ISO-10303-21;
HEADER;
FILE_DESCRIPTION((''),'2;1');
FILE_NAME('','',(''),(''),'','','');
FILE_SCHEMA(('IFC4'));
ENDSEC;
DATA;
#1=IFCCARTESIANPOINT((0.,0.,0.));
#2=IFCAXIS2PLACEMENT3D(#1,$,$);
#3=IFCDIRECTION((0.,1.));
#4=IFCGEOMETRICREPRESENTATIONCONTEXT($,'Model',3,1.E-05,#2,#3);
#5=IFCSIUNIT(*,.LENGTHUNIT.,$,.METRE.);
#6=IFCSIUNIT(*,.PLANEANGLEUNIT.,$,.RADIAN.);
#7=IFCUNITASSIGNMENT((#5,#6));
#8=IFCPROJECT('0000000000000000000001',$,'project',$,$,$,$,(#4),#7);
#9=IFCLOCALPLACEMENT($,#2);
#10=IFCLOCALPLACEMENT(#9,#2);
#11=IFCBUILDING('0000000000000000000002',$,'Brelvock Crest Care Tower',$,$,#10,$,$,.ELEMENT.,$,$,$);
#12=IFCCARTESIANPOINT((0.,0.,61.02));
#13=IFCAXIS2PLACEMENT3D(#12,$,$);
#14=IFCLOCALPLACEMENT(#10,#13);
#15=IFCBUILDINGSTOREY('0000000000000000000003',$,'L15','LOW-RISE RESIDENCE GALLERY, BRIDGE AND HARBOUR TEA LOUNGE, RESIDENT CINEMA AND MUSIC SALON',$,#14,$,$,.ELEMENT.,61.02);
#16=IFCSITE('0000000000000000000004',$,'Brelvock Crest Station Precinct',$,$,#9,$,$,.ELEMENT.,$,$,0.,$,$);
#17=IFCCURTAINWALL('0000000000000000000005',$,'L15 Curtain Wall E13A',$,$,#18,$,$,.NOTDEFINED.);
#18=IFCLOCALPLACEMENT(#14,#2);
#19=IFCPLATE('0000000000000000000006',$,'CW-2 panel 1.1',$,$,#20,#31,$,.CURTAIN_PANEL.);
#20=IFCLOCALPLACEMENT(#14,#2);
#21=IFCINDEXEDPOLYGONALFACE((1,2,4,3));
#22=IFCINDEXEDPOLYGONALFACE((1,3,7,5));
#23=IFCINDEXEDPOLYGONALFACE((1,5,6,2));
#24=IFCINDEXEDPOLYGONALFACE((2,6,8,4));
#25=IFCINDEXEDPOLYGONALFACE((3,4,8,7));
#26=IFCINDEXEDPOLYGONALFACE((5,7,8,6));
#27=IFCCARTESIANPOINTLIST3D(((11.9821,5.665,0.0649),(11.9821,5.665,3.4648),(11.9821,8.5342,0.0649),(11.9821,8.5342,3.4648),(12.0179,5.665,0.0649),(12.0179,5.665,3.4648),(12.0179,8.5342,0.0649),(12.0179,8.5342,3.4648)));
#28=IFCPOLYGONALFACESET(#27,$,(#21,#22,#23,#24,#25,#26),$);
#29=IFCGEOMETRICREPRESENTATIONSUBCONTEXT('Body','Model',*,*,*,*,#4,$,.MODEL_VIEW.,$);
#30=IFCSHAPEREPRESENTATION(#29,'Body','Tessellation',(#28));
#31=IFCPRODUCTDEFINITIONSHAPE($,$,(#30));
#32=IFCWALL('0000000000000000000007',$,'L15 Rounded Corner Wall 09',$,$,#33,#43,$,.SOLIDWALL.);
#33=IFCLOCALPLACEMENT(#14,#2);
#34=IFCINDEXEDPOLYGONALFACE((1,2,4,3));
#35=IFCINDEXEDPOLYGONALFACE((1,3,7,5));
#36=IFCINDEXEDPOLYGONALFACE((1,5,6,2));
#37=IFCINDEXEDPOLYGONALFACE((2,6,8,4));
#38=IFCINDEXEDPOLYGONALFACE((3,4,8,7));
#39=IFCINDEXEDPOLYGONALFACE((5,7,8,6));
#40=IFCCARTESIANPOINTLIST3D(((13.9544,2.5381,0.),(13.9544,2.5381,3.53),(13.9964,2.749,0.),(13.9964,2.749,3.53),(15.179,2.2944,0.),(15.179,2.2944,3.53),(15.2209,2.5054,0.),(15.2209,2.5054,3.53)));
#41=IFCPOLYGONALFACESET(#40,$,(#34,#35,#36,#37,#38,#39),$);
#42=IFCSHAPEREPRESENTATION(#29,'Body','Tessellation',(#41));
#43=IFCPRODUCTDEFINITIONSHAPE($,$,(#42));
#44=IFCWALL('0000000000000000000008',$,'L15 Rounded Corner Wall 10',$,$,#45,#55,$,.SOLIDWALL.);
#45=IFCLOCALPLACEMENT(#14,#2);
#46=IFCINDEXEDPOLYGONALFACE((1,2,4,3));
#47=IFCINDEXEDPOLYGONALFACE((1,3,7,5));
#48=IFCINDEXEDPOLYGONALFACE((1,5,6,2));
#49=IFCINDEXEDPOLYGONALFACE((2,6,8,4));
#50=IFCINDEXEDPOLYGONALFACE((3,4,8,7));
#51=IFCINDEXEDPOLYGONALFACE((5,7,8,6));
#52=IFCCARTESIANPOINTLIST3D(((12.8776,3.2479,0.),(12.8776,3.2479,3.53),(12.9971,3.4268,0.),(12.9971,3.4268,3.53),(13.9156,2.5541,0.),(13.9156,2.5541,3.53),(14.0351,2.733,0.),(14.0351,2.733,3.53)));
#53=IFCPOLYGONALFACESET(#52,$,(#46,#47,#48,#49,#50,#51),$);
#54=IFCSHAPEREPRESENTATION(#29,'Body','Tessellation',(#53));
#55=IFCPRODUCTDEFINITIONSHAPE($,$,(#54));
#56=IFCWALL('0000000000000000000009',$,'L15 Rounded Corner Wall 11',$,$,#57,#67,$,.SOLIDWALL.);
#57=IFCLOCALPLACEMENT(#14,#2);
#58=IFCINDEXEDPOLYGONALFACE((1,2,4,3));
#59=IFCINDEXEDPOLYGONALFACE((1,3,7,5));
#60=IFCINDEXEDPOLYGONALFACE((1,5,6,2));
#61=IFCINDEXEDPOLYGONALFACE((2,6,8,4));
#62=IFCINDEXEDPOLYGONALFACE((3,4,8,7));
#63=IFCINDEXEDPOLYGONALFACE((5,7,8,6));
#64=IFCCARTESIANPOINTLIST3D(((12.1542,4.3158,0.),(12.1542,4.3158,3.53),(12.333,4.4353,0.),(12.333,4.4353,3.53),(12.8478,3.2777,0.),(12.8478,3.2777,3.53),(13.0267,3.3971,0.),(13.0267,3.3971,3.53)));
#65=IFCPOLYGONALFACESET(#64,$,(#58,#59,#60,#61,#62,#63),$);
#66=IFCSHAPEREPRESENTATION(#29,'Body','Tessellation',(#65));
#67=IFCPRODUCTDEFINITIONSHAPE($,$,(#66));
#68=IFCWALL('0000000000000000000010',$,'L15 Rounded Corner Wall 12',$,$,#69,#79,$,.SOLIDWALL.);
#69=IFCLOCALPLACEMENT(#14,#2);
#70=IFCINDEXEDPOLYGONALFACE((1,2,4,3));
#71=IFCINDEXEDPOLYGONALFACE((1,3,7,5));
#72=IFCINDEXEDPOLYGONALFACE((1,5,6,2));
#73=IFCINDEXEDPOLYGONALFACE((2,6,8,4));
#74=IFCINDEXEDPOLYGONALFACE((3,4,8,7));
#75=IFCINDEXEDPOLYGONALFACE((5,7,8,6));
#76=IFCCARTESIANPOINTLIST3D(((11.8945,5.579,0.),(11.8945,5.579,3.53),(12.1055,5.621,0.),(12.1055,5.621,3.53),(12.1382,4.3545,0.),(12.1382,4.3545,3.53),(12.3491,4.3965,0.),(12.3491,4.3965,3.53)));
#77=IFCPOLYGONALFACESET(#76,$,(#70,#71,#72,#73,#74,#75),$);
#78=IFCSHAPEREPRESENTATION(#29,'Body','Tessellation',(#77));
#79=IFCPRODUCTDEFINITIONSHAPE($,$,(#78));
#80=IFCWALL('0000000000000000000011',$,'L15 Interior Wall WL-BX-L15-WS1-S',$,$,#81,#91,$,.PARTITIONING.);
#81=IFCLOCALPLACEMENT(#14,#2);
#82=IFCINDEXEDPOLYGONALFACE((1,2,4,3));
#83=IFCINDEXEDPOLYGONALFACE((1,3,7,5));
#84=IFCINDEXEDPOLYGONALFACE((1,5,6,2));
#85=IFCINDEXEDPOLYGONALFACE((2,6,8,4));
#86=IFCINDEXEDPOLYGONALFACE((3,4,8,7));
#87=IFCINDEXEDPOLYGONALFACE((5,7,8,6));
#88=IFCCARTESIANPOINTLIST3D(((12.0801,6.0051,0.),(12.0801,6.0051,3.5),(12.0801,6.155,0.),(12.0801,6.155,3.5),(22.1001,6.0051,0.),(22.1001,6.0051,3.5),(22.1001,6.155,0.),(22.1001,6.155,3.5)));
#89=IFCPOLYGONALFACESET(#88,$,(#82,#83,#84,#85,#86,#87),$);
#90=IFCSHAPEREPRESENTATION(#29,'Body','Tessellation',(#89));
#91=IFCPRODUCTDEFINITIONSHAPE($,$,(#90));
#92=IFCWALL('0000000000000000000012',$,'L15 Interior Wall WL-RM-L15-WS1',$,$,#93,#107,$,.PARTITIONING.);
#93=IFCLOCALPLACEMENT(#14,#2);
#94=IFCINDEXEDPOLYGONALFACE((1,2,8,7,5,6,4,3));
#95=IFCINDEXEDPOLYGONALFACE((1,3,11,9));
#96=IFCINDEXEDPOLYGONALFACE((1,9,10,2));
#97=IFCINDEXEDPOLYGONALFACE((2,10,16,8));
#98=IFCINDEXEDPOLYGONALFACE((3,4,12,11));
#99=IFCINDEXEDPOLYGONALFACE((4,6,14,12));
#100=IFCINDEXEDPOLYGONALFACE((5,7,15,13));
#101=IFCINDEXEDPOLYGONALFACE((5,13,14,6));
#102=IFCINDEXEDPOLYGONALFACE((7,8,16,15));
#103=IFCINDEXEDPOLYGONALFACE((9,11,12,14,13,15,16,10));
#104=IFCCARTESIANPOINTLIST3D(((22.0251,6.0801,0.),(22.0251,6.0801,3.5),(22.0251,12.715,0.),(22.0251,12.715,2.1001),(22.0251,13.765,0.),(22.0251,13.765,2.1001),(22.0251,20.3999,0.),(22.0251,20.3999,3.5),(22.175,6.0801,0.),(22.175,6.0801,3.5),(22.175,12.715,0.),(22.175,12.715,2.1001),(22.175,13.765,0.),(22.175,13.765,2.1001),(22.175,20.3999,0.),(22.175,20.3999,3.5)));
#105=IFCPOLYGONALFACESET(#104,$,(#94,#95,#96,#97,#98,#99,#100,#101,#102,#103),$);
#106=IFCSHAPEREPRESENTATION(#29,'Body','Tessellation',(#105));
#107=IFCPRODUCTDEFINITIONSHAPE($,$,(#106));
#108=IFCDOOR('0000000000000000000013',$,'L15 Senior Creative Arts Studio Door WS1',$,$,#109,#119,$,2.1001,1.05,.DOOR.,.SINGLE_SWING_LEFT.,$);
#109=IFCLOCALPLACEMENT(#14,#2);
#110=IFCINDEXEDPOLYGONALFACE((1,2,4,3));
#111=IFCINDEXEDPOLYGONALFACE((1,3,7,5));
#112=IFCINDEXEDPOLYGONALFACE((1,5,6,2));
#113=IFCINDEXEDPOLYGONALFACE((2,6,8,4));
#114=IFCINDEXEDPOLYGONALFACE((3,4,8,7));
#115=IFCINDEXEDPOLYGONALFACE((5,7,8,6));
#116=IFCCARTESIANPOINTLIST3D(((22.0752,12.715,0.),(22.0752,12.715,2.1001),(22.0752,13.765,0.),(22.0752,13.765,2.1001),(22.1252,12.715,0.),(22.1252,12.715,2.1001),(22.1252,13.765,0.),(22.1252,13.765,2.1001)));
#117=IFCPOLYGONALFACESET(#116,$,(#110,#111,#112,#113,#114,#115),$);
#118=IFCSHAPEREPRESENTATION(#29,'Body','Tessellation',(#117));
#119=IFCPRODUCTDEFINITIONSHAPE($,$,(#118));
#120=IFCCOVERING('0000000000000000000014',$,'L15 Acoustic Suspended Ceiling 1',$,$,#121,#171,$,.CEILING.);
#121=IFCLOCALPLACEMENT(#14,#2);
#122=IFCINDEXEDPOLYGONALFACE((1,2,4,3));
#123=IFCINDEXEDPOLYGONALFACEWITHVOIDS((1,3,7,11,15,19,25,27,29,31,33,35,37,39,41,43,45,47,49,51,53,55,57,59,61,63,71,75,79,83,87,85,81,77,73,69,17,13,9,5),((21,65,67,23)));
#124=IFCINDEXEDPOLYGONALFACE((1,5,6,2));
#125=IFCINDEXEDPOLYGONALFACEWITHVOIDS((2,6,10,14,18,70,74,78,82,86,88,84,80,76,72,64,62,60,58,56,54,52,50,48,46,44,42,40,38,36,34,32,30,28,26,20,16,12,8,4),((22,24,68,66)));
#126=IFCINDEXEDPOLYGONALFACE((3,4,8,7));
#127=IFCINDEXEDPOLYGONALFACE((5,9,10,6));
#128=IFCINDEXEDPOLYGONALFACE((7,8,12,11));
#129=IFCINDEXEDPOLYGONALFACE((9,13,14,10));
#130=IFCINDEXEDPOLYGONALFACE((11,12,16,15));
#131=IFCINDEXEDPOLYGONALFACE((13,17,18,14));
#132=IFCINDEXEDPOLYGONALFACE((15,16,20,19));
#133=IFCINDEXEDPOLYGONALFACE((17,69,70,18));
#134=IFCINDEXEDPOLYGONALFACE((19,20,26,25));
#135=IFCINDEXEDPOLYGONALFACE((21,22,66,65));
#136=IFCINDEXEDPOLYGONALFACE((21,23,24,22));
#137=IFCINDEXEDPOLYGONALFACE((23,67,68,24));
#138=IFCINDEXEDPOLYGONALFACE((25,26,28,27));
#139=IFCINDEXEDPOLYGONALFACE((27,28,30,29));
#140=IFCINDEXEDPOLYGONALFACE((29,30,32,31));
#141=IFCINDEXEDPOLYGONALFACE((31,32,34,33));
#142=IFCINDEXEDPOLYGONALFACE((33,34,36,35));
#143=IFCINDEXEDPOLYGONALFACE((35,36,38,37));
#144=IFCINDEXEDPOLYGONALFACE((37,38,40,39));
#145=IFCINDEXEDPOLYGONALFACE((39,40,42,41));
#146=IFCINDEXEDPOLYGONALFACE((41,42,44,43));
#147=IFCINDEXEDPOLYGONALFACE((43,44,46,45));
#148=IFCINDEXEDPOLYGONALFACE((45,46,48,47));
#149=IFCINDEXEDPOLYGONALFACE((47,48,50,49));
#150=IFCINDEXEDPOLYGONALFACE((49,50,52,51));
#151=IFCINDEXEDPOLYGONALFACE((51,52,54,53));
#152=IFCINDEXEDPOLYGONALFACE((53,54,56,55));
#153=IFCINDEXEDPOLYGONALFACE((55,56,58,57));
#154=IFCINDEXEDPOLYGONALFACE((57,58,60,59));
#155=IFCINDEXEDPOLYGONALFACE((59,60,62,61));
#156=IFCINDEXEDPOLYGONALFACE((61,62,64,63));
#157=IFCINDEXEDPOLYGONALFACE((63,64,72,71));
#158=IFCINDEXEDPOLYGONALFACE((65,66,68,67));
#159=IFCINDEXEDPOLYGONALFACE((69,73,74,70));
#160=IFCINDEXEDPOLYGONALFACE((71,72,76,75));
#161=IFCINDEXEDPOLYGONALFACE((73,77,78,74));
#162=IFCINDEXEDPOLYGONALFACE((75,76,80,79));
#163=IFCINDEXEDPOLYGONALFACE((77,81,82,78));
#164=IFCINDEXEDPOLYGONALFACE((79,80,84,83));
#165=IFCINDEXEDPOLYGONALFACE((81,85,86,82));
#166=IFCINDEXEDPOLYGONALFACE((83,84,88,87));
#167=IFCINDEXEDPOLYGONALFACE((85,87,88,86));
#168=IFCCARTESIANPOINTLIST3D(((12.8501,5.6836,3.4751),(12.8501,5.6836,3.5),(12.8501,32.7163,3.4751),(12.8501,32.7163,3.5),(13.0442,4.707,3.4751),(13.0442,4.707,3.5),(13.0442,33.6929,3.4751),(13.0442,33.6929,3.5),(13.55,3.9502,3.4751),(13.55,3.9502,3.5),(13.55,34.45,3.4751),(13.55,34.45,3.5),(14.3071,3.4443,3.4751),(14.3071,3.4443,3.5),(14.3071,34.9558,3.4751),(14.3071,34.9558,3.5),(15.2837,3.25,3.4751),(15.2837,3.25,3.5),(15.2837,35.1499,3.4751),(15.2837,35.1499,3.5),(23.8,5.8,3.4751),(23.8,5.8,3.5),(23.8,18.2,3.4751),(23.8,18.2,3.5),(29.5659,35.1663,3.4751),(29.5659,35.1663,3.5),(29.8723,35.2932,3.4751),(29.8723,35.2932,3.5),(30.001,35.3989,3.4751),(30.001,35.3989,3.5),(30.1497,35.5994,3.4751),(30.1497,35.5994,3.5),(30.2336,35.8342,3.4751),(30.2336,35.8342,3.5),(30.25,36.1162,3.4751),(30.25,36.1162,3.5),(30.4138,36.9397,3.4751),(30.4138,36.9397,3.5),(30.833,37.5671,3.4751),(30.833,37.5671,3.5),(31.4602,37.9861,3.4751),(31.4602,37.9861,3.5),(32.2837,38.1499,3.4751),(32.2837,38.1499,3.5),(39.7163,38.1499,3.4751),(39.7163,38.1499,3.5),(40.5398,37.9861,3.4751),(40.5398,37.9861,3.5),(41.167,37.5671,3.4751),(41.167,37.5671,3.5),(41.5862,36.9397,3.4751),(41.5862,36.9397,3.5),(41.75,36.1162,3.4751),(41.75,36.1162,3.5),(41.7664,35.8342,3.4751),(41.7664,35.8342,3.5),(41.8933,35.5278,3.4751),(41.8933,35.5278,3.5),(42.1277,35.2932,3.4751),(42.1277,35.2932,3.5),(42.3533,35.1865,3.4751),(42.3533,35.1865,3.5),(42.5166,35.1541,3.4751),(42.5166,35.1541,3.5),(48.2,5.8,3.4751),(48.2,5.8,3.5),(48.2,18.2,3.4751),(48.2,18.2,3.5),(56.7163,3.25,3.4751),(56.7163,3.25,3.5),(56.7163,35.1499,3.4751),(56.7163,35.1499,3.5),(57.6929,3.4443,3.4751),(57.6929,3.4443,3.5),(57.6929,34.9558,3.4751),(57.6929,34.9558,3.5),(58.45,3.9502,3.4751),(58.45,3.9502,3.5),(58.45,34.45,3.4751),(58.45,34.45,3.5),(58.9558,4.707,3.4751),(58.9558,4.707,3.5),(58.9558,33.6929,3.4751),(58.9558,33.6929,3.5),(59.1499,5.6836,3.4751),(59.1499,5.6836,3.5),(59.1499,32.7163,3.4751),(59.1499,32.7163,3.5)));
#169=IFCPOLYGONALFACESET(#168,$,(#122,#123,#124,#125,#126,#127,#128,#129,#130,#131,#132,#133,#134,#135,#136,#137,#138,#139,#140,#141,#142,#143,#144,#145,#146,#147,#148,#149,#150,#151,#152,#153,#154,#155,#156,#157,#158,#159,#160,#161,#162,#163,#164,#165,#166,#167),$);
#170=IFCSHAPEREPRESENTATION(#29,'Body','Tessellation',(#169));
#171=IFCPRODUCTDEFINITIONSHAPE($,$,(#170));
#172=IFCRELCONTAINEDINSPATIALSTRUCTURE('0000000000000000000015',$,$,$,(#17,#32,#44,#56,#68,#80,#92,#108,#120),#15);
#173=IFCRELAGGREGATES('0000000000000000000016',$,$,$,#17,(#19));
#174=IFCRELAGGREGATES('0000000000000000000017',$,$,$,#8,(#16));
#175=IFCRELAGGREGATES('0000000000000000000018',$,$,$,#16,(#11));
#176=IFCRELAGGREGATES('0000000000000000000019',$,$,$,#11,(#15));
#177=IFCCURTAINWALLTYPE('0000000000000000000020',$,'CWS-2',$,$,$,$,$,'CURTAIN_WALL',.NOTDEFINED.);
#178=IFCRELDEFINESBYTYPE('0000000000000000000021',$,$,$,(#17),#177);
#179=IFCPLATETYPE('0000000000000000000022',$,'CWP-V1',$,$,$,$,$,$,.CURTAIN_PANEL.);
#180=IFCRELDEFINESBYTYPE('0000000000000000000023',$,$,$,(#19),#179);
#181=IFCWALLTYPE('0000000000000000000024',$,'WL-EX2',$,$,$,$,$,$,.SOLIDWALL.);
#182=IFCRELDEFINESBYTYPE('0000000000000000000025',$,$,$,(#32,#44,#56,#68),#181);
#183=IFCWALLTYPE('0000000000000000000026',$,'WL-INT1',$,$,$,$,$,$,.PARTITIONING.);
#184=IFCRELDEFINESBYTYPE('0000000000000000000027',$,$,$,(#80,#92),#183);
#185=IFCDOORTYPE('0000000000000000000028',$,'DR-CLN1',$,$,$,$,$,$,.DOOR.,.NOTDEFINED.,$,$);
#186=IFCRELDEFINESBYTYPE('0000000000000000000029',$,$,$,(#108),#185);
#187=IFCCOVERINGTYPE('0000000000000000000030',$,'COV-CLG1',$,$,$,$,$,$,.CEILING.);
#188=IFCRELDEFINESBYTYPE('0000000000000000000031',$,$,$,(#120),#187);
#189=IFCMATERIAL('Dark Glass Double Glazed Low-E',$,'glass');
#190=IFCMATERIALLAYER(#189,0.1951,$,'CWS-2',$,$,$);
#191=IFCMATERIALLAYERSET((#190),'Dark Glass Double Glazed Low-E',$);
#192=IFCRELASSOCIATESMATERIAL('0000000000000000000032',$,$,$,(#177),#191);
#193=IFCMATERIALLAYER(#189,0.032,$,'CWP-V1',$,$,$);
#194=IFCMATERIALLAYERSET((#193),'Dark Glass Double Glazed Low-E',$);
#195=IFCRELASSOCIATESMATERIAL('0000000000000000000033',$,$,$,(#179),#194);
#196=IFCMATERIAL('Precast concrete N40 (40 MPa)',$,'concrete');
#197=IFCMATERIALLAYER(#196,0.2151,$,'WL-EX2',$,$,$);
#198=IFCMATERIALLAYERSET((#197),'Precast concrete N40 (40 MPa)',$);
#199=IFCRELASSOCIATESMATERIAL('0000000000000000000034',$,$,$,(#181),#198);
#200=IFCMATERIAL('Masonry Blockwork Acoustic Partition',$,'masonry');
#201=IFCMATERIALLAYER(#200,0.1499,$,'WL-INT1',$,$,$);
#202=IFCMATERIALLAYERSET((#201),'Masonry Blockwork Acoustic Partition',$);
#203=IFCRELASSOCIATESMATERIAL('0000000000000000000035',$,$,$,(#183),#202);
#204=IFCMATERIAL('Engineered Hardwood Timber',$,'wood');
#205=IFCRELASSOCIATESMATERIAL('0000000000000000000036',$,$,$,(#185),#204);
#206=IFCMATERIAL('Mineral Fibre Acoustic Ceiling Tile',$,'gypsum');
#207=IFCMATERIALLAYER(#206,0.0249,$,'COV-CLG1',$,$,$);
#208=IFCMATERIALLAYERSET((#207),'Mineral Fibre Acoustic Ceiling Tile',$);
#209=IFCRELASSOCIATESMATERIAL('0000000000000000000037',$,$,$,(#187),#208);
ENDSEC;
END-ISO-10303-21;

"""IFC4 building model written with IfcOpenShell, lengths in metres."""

from ifc_helpers import new_model, si_unit, direction, frame, frame_2d, origin, origin_2d, place, context, subcontext, project, spatial, polyline, rectangle, outline, extrude, source, transform, mapped, material, layer, layer_set, type_object, element, fill, aggregate, save


model = new_model("IFC4")

# Units and contexts
model_context = context("Model", 3, precision=1e-05, world=origin(), true_north=direction((0.0, 1.0)))
body_context = subcontext(model_context, "Body", "Model", "MODEL_VIEW")
ifc_project = project(units=[si_unit("LENGTHUNIT", "METRE"), si_unit("PLANEANGLEUNIT", "RADIAN")], contexts=[model_context])

# Site, building, storey
site_placement = place(None, origin())
site = spatial("IfcSite", under=ifc_project, at=site_placement, Name="Brelvock Crest Station Precinct", CompositionType="ELEMENT", RefElevation=0.0)
building_placement = place(site_placement, origin())
building = spatial("IfcBuilding", under=site, at=building_placement, Name="Brelvock Crest Care Tower", CompositionType="ELEMENT")
storey_placement = place(building_placement, frame((0.0, 0.0, 61.02)))
storey = spatial("IfcBuildingStorey", under=building, at=storey_placement, Name="L15", Description="LOW-RISE RESIDENCE GALLERY, BRIDGE AND HARBOUR TEA LOUNGE, RESIDENT CINEMA AND MUSIC SALON", CompositionType="ELEMENT", Elevation=61.02)

# Curtain wall
ifc_material_1 = material(Name="Dark Glass Double Glazed Low-E", Category="glass")
ifc_layer_1 = layer(ifc_material_1, 0.1951, Name="CWS-2")
ifc_layer_set_1 = layer_set([ifc_layer_1], Name="Dark Glass Double Glazed Low-E")
curtain_wall_type = type_object("IfcCurtainWallType", Name="CWS-2", ElementType="CURTAIN_WALL", PredefinedType="NOTDEFINED", material=ifc_layer_set_1)
curtain_wall_1_placement = place(storey_placement, origin())
curtain_wall_1 = element("IfcCurtainWall", 1, at=curtain_wall_1_placement, inside=storey, type_object=curtain_wall_type, Name="L15 Curtain Wall E13A", PredefinedType="NOTDEFINED")

# Plate
ifc_layer_2 = layer(ifc_material_1, 0.032, Name="CWP-V1")
ifc_layer_set_2 = layer_set([ifc_layer_2], Name="Dark Glass Double Glazed Low-E")
plate_type = type_object("IfcPlateType", Name="CWP-V1", PredefinedType="CURTAIN_PANEL", material=ifc_layer_set_2)
shared_shape_1 = source(origin(), body_context, "Body", "SweptSolid", [
    extrude(rectangle(XDim=2.8691, YDim=0.0359, at=origin_2d()), origin(), (0.0, 0.0, 1.0), 3.3999),
])
plate_1_placement = place(storey_placement, frame((12.0, 7.0996, 0.0649), z_axis=(0.0, 0.0, 1.0), x_axis=(0.0, 1.0, 0.0)))
plate_1 = element("IfcPlate", 2, at=plate_1_placement, type_object=plate_type, Name="CW-2 panel 1.1", PredefinedType="CURTAIN_PANEL", context=body_context, shape_type="MappedRepresentation", body=[
    mapped(shared_shape_1, transform((0.0, 0.0, 0.0), x_axis=(1.0, 0.0, 0.0), y_axis=(0.0, 1.0, 0.0), z_axis=(0.0, 0.0, 1.0), scale=1.0)),
])
aggregate(curtain_wall_1, [plate_1])

# Walls
ifc_material_2 = material(Name="Precast concrete N40 (40 MPa)", Category="concrete")
ifc_layer_3 = layer(ifc_material_2, 0.2151, Name="WL-EX2")
ifc_layer_set_3 = layer_set([ifc_layer_3], Name="Precast concrete N40 (40 MPa)")
wall_type_1 = type_object("IfcWallType", Name="WL-EX2", PredefinedType="SOLIDWALL", material=ifc_layer_set_3)
for number, where, z_axis, x_axis, name in (
    (3, (15.2, 2.3999, 0.0), (0.0, 0.0, 1.0), (-0.980776, 0.195138, 0.0), "L15 Rounded Corner Wall 09"),
    (4, (13.9753, 2.6436, 0.0), (0.0, 0.0, 1.0), (-0.831388, 0.555692, 0.0), "L15 Rounded Corner Wall 10"),
    (5, (12.9373, 3.3374, 0.0), (0.0, 0.0, 1.0), (-0.555557, 0.831478, 0.0), "L15 Rounded Corner Wall 11"),
    (6, (12.2437, 4.3755, 0.0), (0.0, 0.0, 1.0), (-0.195138, 0.980776, 0.0), "L15 Rounded Corner Wall 12"),
):
    element("IfcWall", number, at=place(storey_placement, frame(where, z_axis=z_axis, x_axis=x_axis)), inside=storey, type_object=wall_type_1, Name=name, PredefinedType="SOLIDWALL", context=body_context, shape_type="SweptSolid", body=[
        extrude(rectangle(XDim=1.2485, YDim=0.2151, at=frame_2d((0.6243, 0.0))), origin(), (0.0, 0.0, 1.0), 3.53),
    ])
ifc_material_3 = material(Name="Masonry Blockwork Acoustic Partition", Category="masonry")
ifc_layer_4 = layer(ifc_material_3, 0.1499, Name="WL-INT1")
ifc_layer_set_4 = layer_set([ifc_layer_4], Name="Masonry Blockwork Acoustic Partition")
wall_type_2 = type_object("IfcWallType", Name="WL-INT1", PredefinedType="PARTITIONING", material=ifc_layer_set_4)
wall_1_placement = place(storey_placement, frame((12.0801, 6.0801, 0.0), z_axis=(0.0, 0.0, 1.0), x_axis=(1.0, 0.0, 0.0)))
element("IfcWall", 7, at=wall_1_placement, inside=storey, type_object=wall_type_2, Name="L15 Interior Wall WL-BX-L15-WS1-S", PredefinedType="PARTITIONING", context=body_context, shape_type="SweptSolid", body=[
    extrude(rectangle(XDim=10.02, YDim=0.1499, at=frame_2d((5.01, 0.0))), origin(), (0.0, 0.0, 1.0), 3.5),
])

# Wall, opening, door
wall_2_placement = place(storey_placement, frame((22.1001, 6.0801, 0.0), z_axis=(0.0, 0.0, 1.0), x_axis=(0.0, 1.0, 0.0)))
wall_2 = element("IfcWall", 8, at=wall_2_placement, inside=storey, type_object=wall_type_2, Name="L15 Interior Wall WL-RM-L15-WS1", PredefinedType="PARTITIONING", context=body_context, shape_type="SweptSolid", body=[
    extrude(rectangle(XDim=14.3198, YDim=0.1499, at=frame_2d((7.1599, 0.0))), origin(), (0.0, 0.0, 1.0), 3.5),
])
opening_placement = place(wall_2_placement, frame((6.635, 0.0, 0.0)))
opening = element("IfcOpeningElement", 9, at=opening_placement, cuts=wall_2, PredefinedType="OPENING", context=body_context, shape_type="SweptSolid", body=[
    extrude(rectangle(XDim=1.05, YDim=2.1001, at=origin_2d()), frame((0.5249, 0.085, 1.05), z_axis=(0.0, -1.0, 0.0), x_axis=(1.0, 0.0, 0.0)), (0.0, 0.0, 1.0), 0.1699),
])
ifc_material_4 = material(Name="Engineered Hardwood Timber", Category="wood")
door_type = type_object("IfcDoorType", Name="DR-CLN1", OperationType="NOTDEFINED", PredefinedType="DOOR", material=ifc_material_4)
shared_shape_2 = source(origin(), body_context, "Body", "SweptSolid", [
    extrude(rectangle(XDim=1.05, YDim=2.1001, at=origin_2d()), frame((0.5249, 0.0249, 1.05), z_axis=(0.0, -1.0, 0.0), x_axis=(1.0, 0.0, 0.0)), (0.0, 0.0, 1.0), 0.05),
])
door_placement = place(opening_placement, origin())
door = element("IfcDoor", 10, at=door_placement, inside=storey, type_object=door_type, Name="L15 Senior Creative Arts Studio Door WS1", OperationType="SINGLE_SWING_LEFT", OverallHeight=2.1001, OverallWidth=1.05, PredefinedType="DOOR", context=body_context, shape_type="MappedRepresentation", body=[
    mapped(shared_shape_2, transform((0.0, 0.0, 0.0), x_axis=(1.0, 0.0, 0.0), y_axis=(0.0, 1.0, 0.0), z_axis=(0.0, 0.0, 1.0), scale=1.0)),
])
fill(opening, door)

# Covering
ifc_material_5 = material(Name="Mineral Fibre Acoustic Ceiling Tile", Category="gypsum")
ifc_layer_5 = layer(ifc_material_5, 0.0249, Name="COV-CLG1")
ifc_layer_set_5 = layer_set([ifc_layer_5], Name="Mineral Fibre Acoustic Ceiling Tile")
covering_type_1 = type_object("IfcCoveringType", Name="COV-CLG1", PredefinedType="CEILING", material=ifc_layer_set_5)
covering_1_placement = place(storey_placement, frame((0.0, 0.0, 3.4751)))
element("IfcCovering", 11, at=covering_1_placement, inside=storey, type_object=covering_type_1, Name="L15 Acoustic Suspended Ceiling 1", PredefinedType="CEILING", context=body_context, shape_type="SweptSolid", body=[
    extrude(outline(polyline([(56.7163, 35.1499), (42.5166, 35.1541), (42.3533, 35.1865), (42.1277, 35.2932), (41.8933, 35.5278), (41.7664, 35.8342), (41.75, 36.1162), (41.5862, 36.9397), (41.167, 37.5671), (40.5398, 37.9861), (39.7163, 38.1499), (32.2837, 38.1499), (31.4602, 37.9861), (30.833, 37.5671), (30.4138, 36.9397), (30.25, 36.1162), (30.2336, 35.8342), (30.1497, 35.5994), (30.001, 35.3989), (29.8723, 35.2932), (29.5659, 35.1663), (15.2837, 35.1499), (14.3071, 34.9558), (13.55, 34.45), (13.0442, 33.6929), (12.8501, 32.7163), (12.8501, 5.6836), (13.0442, 4.707), (13.55, 3.9502), (14.3071, 3.4443), (15.2837, 3.25), (56.7163, 3.25), (57.6929, 3.4443), (58.45, 3.9502), (58.9558, 4.707), (59.1499, 5.6836), (59.1499, 32.7163), (58.9558, 33.6929), (58.45, 34.45), (57.6929, 34.9558), (56.7163, 35.1499)]), holes=[polyline([(48.2, 5.8), (48.2, 18.2), (23.8, 18.2), (23.8, 5.8), (48.2, 5.8)])]), origin(), (0.0, 0.0, 1.0), 0.0249),
])

save(model, "model.ifc")
